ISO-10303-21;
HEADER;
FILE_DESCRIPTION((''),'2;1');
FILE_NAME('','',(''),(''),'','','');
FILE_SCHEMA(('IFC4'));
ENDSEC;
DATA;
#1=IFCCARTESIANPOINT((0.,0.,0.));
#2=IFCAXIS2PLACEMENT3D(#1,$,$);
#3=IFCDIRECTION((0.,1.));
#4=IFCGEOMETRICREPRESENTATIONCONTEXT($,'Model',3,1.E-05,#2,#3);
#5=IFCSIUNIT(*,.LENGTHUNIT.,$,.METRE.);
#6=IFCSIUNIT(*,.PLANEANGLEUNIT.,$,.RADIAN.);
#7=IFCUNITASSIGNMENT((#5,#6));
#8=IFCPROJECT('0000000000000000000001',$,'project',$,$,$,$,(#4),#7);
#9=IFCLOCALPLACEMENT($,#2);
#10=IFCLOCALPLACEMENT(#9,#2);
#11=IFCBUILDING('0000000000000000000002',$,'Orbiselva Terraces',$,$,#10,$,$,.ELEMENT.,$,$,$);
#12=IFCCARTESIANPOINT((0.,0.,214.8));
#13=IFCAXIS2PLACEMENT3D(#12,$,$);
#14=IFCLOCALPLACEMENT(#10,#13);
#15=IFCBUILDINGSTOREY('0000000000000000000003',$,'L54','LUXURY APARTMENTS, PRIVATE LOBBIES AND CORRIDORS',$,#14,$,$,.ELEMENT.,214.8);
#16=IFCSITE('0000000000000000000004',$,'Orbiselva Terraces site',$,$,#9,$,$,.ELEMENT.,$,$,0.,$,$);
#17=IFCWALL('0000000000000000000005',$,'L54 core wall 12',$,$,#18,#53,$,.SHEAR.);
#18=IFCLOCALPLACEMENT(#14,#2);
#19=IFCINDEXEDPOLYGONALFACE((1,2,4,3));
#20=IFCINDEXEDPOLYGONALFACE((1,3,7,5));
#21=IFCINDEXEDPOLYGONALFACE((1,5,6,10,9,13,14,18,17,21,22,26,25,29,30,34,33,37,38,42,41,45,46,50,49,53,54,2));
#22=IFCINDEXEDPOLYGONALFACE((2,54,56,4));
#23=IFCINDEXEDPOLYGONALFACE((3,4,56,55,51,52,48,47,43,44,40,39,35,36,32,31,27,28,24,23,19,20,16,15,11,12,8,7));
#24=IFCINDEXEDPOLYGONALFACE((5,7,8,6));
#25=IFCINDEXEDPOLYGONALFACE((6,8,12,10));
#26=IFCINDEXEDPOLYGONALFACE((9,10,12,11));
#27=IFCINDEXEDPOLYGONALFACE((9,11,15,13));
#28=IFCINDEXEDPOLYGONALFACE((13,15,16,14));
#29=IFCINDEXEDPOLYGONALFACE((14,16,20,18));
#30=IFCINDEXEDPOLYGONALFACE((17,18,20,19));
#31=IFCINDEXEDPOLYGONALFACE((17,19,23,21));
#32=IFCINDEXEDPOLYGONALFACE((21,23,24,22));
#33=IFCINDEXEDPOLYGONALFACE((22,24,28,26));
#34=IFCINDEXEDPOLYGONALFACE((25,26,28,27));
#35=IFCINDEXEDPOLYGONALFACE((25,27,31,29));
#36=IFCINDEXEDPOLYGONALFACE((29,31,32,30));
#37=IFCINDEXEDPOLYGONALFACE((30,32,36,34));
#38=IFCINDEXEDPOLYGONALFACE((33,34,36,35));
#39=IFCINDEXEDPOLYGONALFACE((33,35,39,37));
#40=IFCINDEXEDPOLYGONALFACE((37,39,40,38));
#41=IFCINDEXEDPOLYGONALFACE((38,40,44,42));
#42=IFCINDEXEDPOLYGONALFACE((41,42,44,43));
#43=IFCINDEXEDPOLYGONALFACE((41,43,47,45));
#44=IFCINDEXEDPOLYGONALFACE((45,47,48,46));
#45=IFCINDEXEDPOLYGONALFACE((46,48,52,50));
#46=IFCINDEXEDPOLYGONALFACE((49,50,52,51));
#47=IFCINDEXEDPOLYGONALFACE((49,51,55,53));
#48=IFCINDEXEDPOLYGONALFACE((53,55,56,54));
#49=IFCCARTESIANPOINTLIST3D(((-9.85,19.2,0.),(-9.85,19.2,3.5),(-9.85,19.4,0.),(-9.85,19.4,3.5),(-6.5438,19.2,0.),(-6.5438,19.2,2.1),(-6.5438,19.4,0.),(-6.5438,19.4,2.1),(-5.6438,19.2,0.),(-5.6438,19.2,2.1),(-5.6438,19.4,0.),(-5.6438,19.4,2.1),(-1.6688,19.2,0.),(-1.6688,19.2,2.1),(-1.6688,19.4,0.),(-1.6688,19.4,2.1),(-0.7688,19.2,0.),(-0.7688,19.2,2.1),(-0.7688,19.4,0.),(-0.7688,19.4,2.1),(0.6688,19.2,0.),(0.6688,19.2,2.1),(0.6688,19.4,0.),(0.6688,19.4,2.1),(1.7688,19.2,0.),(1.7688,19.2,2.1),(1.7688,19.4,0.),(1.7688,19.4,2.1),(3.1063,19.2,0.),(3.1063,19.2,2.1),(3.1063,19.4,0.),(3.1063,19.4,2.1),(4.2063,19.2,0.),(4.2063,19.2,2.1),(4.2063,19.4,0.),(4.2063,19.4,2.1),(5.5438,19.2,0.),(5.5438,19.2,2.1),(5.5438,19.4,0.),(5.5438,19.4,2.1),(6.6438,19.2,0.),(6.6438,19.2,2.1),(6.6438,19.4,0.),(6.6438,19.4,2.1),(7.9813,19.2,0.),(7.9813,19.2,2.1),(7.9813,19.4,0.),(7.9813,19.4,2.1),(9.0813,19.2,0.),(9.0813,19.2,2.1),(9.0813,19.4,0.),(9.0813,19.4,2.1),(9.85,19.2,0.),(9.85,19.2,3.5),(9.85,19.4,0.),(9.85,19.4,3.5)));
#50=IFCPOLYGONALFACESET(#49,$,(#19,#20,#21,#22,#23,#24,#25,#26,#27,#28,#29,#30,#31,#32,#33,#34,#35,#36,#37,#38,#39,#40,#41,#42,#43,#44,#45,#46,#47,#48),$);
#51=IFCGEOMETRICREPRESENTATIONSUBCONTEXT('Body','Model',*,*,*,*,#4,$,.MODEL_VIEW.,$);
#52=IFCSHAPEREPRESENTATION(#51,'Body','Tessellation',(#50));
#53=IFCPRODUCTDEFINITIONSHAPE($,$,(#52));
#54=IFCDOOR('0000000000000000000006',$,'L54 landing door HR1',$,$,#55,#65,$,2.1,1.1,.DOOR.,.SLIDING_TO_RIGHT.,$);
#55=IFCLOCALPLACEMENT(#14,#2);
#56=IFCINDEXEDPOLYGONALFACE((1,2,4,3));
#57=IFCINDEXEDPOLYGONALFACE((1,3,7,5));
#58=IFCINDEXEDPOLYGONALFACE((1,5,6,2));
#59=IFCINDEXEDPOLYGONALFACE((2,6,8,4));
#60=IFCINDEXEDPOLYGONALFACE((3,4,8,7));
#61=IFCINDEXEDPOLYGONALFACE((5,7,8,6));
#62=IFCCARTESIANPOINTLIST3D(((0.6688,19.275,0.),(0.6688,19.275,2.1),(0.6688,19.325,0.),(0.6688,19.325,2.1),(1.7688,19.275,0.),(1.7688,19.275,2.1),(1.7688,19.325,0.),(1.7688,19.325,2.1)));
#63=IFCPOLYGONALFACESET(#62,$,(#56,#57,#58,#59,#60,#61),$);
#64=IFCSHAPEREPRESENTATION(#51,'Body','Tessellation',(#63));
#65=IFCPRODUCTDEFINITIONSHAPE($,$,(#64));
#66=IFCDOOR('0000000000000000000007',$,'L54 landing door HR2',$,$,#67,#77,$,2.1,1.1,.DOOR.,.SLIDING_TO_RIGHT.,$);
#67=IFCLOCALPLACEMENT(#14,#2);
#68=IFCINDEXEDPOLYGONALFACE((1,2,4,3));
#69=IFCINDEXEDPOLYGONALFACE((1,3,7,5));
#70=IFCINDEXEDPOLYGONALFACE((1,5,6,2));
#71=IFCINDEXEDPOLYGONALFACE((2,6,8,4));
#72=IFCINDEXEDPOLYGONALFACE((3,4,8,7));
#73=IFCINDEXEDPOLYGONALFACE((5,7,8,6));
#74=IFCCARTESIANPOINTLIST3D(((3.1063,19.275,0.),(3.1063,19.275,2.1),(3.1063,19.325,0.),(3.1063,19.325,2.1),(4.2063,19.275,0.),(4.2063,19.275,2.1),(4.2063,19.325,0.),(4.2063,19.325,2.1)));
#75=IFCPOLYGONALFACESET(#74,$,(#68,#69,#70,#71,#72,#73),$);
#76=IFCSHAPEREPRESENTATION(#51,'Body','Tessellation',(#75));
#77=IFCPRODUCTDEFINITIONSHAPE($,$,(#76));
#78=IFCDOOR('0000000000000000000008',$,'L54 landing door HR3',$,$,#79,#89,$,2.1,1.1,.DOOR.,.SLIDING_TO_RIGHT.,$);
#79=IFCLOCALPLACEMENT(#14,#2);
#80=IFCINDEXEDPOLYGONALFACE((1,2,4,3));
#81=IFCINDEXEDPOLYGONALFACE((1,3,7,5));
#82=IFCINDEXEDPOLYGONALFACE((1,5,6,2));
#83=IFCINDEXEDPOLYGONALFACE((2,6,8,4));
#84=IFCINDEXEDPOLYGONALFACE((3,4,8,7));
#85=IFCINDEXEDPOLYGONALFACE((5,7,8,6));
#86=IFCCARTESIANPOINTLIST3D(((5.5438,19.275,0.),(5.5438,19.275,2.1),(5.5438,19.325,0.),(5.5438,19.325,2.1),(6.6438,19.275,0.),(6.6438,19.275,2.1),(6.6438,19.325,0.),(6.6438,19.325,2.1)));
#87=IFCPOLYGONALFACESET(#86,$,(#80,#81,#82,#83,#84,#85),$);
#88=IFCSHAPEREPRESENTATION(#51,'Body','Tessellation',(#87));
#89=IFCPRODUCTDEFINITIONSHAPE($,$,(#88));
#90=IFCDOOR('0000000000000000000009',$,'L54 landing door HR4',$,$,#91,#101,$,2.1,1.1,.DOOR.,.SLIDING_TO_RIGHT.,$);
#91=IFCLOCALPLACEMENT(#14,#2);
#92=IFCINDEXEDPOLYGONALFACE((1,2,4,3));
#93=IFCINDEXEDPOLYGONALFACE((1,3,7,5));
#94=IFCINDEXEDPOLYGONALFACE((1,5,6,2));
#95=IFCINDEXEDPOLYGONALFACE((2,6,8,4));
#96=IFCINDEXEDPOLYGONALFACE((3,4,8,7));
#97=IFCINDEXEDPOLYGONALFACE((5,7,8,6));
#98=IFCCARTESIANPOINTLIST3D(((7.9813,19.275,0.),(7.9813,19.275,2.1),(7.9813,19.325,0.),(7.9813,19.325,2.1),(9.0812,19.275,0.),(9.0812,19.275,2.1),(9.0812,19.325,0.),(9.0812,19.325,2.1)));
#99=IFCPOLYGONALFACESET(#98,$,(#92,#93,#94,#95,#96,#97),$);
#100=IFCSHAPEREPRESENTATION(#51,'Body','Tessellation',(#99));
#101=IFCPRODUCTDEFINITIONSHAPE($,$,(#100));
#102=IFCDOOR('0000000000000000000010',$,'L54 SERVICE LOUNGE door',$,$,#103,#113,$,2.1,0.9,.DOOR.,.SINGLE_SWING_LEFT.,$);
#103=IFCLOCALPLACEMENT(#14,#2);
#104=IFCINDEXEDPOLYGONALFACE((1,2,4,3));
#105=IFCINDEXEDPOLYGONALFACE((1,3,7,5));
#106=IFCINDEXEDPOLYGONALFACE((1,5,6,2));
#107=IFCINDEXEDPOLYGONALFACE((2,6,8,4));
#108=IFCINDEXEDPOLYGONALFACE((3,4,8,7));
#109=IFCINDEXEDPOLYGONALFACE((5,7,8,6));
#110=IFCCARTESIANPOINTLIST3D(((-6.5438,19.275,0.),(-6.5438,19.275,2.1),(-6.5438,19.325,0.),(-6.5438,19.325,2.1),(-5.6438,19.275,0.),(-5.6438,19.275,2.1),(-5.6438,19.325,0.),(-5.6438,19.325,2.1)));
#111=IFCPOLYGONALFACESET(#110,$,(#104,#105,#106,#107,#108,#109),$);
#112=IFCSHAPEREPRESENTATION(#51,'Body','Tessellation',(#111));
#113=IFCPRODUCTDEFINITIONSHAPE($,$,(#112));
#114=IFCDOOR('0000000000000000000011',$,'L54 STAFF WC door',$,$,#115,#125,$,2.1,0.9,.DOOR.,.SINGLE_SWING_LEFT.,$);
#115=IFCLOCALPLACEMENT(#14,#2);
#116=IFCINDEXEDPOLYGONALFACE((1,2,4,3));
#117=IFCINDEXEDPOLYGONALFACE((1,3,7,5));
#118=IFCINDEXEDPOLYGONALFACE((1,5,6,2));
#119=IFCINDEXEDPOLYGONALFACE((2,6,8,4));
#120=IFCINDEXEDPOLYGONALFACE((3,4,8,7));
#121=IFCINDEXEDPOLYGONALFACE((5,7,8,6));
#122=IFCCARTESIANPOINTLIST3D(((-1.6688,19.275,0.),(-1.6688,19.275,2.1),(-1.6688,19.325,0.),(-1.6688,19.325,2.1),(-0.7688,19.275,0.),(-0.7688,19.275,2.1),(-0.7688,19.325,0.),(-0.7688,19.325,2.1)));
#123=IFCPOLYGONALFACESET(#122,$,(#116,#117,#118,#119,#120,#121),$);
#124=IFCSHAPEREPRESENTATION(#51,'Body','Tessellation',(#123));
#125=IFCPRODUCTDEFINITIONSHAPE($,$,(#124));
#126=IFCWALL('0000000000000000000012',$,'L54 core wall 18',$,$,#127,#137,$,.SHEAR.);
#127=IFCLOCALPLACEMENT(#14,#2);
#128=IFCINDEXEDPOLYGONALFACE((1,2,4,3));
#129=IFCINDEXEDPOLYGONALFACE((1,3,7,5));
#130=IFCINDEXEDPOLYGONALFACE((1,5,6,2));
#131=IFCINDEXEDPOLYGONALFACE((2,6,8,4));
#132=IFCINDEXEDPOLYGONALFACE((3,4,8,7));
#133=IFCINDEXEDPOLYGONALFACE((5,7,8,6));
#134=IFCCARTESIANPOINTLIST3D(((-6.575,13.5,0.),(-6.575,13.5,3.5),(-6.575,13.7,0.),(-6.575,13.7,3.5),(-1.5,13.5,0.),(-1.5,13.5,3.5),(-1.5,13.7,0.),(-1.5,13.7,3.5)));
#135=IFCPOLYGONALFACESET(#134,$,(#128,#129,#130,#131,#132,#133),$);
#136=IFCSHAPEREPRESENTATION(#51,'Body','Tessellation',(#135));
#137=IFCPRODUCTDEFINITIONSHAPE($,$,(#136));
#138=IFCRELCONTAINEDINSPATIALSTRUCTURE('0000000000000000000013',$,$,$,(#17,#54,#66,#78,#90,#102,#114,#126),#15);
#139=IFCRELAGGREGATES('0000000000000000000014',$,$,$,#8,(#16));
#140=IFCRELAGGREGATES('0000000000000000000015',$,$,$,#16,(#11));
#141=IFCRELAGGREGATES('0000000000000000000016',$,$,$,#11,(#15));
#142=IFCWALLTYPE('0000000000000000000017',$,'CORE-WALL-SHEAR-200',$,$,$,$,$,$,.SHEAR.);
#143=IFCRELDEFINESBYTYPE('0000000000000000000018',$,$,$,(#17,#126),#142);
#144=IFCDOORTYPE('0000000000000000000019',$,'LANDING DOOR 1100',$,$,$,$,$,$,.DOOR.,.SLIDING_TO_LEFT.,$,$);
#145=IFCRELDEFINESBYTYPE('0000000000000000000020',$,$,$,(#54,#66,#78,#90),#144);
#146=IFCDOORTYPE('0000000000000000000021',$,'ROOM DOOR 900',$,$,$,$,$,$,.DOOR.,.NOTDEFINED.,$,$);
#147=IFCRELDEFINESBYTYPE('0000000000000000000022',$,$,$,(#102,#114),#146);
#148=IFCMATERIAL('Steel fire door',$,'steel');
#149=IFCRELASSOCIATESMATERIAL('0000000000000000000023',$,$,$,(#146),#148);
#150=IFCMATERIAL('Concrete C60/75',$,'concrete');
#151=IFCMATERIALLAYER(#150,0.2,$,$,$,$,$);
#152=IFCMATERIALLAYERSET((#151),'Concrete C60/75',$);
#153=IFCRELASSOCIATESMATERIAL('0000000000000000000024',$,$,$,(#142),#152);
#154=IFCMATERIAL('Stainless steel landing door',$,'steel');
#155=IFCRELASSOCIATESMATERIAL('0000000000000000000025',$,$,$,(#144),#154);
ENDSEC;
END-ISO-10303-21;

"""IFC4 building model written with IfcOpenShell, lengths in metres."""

from ifc_helpers import new_model, si_unit, direction, frame, frame_2d, origin, place, context, subcontext, project, spatial, rectangle, extrude, material, layer, layer_set, type_object, element, fill, save


model = new_model("IFC4")

# Units and contexts
model_context = context("Model", 3, precision=1e-05, world=origin(), true_north=direction((0.0, 1.0)))
body_context = subcontext(model_context, "Body", "Model", "MODEL_VIEW")
ifc_project = project(units=[si_unit("LENGTHUNIT", "METRE"), si_unit("PLANEANGLEUNIT", "RADIAN")], contexts=[model_context])

# Site, building, storey
site_placement = place(None, origin())
site = spatial("IfcSite", under=ifc_project, at=site_placement, Name="Orbiselva Terraces site", CompositionType="ELEMENT", RefElevation=0.0)
building_placement = place(site_placement, origin())
building = spatial("IfcBuilding", under=site, at=building_placement, Name="Orbiselva Terraces", CompositionType="ELEMENT")
storey_placement = place(building_placement, frame((0.0, 0.0, 214.8)))
storey = spatial("IfcBuildingStorey", under=building, at=storey_placement, Name="L54", Description="LUXURY APARTMENTS, PRIVATE LOBBIES AND CORRIDORS", CompositionType="ELEMENT", Elevation=214.8)

# Shared definitions
ifc_material_1 = material(Name="Steel fire door", Category="steel")
door_type_1 = type_object("IfcDoorType", Name="ROOM DOOR 900", OperationType="NOTDEFINED", PredefinedType="DOOR", material=ifc_material_1)

# Shared definitions
ifc_material_2 = material(Name="Concrete C60/75", Category="concrete")
ifc_layer_1 = layer(ifc_material_2, 0.2)
ifc_layer_set_1 = layer_set([ifc_layer_1], Name="Concrete C60/75")
wall_type_1 = type_object("IfcWallType", Name="CORE-WALL-SHEAR-200", PredefinedType="SHEAR", material=ifc_layer_set_1)

# Wall, openings, doors
wall_1_placement = place(storey_placement, frame((-9.85, 19.3, 0.0), z_axis=(0.0, 0.0, 1.0), x_axis=(1.0, 0.0, 0.0)))
wall_1 = element("IfcWall", 1, at=wall_1_placement, inside=storey, type_object=wall_type_1, Name="L54 core wall 12", PredefinedType="SHEAR", context=body_context, shape_type="SweptSolid", body=[
    extrude(rectangle(XDim=19.7, YDim=0.2, at=frame_2d((9.85, 0.0))), origin(), (0.0, 0.0, 1.0), 3.5),
])
opening_1_placement = place(wall_1_placement, frame((10.5188, 0.0, 0.0)))
opening_1 = element("IfcOpeningElement", 2, at=opening_1_placement, cuts=wall_1, PredefinedType="OPENING", context=body_context, shape_type="SweptSolid", body=[
    extrude(rectangle(XDim=1.1, YDim=2.1, at=frame_2d((0.55, 1.05))), frame((0.0, 0.11, 0.0), z_axis=(0.0, -1.0, 0.0), x_axis=(1.0, 0.0, 0.0)), (0.0, 0.0, 1.0), 0.22),
])
opening_2_placement = place(wall_1_placement, frame((12.9563, 0.0, 0.0)))
opening_2 = element("IfcOpeningElement", 3, at=opening_2_placement, cuts=wall_1, PredefinedType="OPENING", context=body_context, shape_type="SweptSolid", body=[
    extrude(rectangle(XDim=1.1, YDim=2.1, at=frame_2d((0.55, 1.05))), frame((0.0, 0.11, 0.0), z_axis=(0.0, -1.0, 0.0), x_axis=(1.0, 0.0, 0.0)), (0.0, 0.0, 1.0), 0.22),
])
opening_3_placement = place(wall_1_placement, frame((15.3938, 0.0, 0.0)))
opening_3 = element("IfcOpeningElement", 4, at=opening_3_placement, cuts=wall_1, PredefinedType="OPENING", context=body_context, shape_type="SweptSolid", body=[
    extrude(rectangle(XDim=1.1, YDim=2.1, at=frame_2d((0.55, 1.05))), frame((0.0, 0.11, 0.0), z_axis=(0.0, -1.0, 0.0), x_axis=(1.0, 0.0, 0.0)), (0.0, 0.0, 1.0), 0.22),
])
opening_4_placement = place(wall_1_placement, frame((17.8313, 0.0, 0.0)))
opening_4 = element("IfcOpeningElement", 5, at=opening_4_placement, cuts=wall_1, PredefinedType="OPENING", context=body_context, shape_type="SweptSolid", body=[
    extrude(rectangle(XDim=1.1, YDim=2.1, at=frame_2d((0.55, 1.05))), frame((0.0, 0.11, 0.0), z_axis=(0.0, -1.0, 0.0), x_axis=(1.0, 0.0, 0.0)), (0.0, 0.0, 1.0), 0.22),
])
opening_5_placement = place(wall_1_placement, frame((3.3062, 0.0, 0.0)))
opening_5 = element("IfcOpeningElement", 6, at=opening_5_placement, cuts=wall_1, PredefinedType="OPENING", context=body_context, shape_type="SweptSolid", body=[
    extrude(rectangle(XDim=0.9, YDim=2.1, at=frame_2d((0.45, 1.05))), frame((0.0, 0.11, 0.0), z_axis=(0.0, -1.0, 0.0), x_axis=(1.0, 0.0, 0.0)), (0.0, 0.0, 1.0), 0.22),
])
opening_6_placement = place(wall_1_placement, frame((8.1812, 0.0, 0.0)))
opening_6 = element("IfcOpeningElement", 7, at=opening_6_placement, cuts=wall_1, PredefinedType="OPENING", context=body_context, shape_type="SweptSolid", body=[
    extrude(rectangle(XDim=0.9, YDim=2.1, at=frame_2d((0.45, 1.05))), frame((0.0, 0.11, 0.0), z_axis=(0.0, -1.0, 0.0), x_axis=(1.0, 0.0, 0.0)), (0.0, 0.0, 1.0), 0.22),
])
ifc_material_3 = material(Name="Stainless steel landing door", Category="steel")
door_type_2 = type_object("IfcDoorType", Name="LANDING DOOR 1100", OperationType="SLIDING_TO_LEFT", PredefinedType="DOOR", material=ifc_material_3)
door_1_placement = place(opening_1_placement, origin())
door_1 = element("IfcDoor", 8, at=door_1_placement, inside=storey, type_object=door_type_2, Name="L54 landing door HR1", OperationType="SLIDING_TO_RIGHT", OverallHeight=2.1, OverallWidth=1.1, PredefinedType="DOOR", context=body_context, shape_type="SweptSolid", body=[
    extrude(rectangle(XDim=1.1, YDim=2.1, at=frame_2d((0.55, 1.05))), frame((0.0, 0.025, 0.0), z_axis=(0.0, -1.0, 0.0), x_axis=(1.0, 0.0, 0.0)), (0.0, 0.0, 1.0), 0.05),
])
fill(opening_1, door_1)
door_2_placement = place(opening_2_placement, origin())
door_2 = element("IfcDoor", 9, at=door_2_placement, inside=storey, type_object=door_type_2, Name="L54 landing door HR2", OperationType="SLIDING_TO_RIGHT", OverallHeight=2.1, OverallWidth=1.1, PredefinedType="DOOR", context=body_context, shape_type="SweptSolid", body=[
    extrude(rectangle(XDim=1.1, YDim=2.1, at=frame_2d((0.55, 1.05))), frame((0.0, 0.025, 0.0), z_axis=(0.0, -1.0, 0.0), x_axis=(1.0, 0.0, 0.0)), (0.0, 0.0, 1.0), 0.05),
])
fill(opening_2, door_2)
door_3_placement = place(opening_3_placement, origin())
door_3 = element("IfcDoor", 10, at=door_3_placement, inside=storey, type_object=door_type_2, Name="L54 landing door HR3", OperationType="SLIDING_TO_RIGHT", OverallHeight=2.1, OverallWidth=1.1, PredefinedType="DOOR", context=body_context, shape_type="SweptSolid", body=[
    extrude(rectangle(XDim=1.1, YDim=2.1, at=frame_2d((0.55, 1.05))), frame((0.0, 0.025, 0.0), z_axis=(0.0, -1.0, 0.0), x_axis=(1.0, 0.0, 0.0)), (0.0, 0.0, 1.0), 0.05),
])
fill(opening_3, door_3)
door_4_placement = place(opening_4_placement, origin())
door_4 = element("IfcDoor", 11, at=door_4_placement, inside=storey, type_object=door_type_2, Name="L54 landing door HR4", OperationType="SLIDING_TO_RIGHT", OverallHeight=2.1, OverallWidth=1.1, PredefinedType="DOOR", context=body_context, shape_type="SweptSolid", body=[
    extrude(rectangle(XDim=1.1, YDim=2.1, at=frame_2d((0.55, 1.05))), frame((0.0, 0.025, 0.0), z_axis=(0.0, -1.0, 0.0), x_axis=(1.0, 0.0, 0.0)), (0.0, 0.0, 1.0), 0.05),
])
fill(opening_4, door_4)
door_5_placement = place(opening_5_placement, origin())
door_5 = element("IfcDoor", 12, at=door_5_placement, inside=storey, type_object=door_type_1, Name="L54 SERVICE LOUNGE door", OperationType="SINGLE_SWING_LEFT", OverallHeight=2.1, OverallWidth=0.9, PredefinedType="DOOR", context=body_context, shape_type="SweptSolid", body=[
    extrude(rectangle(XDim=0.9, YDim=2.1, at=frame_2d((0.45, 1.05))), frame((0.0, 0.025, 0.0), z_axis=(0.0, -1.0, 0.0), x_axis=(1.0, 0.0, 0.0)), (0.0, 0.0, 1.0), 0.05),
])
fill(opening_5, door_5)
door_6_placement = place(opening_6_placement, origin())
door_6 = element("IfcDoor", 13, at=door_6_placement, inside=storey, type_object=door_type_1, Name="L54 STAFF WC door", OperationType="SINGLE_SWING_LEFT", OverallHeight=2.1, OverallWidth=0.9, PredefinedType="DOOR", context=body_context, shape_type="SweptSolid", body=[
    extrude(rectangle(XDim=0.9, YDim=2.1, at=frame_2d((0.45, 1.05))), frame((0.0, 0.025, 0.0), z_axis=(0.0, -1.0, 0.0), x_axis=(1.0, 0.0, 0.0)), (0.0, 0.0, 1.0), 0.05),
])
fill(opening_6, door_6)

# Wall
wall_2_placement = place(storey_placement, frame((-6.575, 13.6, 0.0), z_axis=(0.0, 0.0, 1.0), x_axis=(1.0, 0.0, 0.0)))
element("IfcWall", 14, at=wall_2_placement, inside=storey, type_object=wall_type_1, Name="L54 core wall 18", PredefinedType="SHEAR", context=body_context, shape_type="SweptSolid", body=[
    extrude(rectangle(XDim=5.075, YDim=0.2, at=frame_2d((2.5375, 0.0))), origin(), (0.0, 0.0, 1.0), 3.5),
])

save(model, "model.ifc")
